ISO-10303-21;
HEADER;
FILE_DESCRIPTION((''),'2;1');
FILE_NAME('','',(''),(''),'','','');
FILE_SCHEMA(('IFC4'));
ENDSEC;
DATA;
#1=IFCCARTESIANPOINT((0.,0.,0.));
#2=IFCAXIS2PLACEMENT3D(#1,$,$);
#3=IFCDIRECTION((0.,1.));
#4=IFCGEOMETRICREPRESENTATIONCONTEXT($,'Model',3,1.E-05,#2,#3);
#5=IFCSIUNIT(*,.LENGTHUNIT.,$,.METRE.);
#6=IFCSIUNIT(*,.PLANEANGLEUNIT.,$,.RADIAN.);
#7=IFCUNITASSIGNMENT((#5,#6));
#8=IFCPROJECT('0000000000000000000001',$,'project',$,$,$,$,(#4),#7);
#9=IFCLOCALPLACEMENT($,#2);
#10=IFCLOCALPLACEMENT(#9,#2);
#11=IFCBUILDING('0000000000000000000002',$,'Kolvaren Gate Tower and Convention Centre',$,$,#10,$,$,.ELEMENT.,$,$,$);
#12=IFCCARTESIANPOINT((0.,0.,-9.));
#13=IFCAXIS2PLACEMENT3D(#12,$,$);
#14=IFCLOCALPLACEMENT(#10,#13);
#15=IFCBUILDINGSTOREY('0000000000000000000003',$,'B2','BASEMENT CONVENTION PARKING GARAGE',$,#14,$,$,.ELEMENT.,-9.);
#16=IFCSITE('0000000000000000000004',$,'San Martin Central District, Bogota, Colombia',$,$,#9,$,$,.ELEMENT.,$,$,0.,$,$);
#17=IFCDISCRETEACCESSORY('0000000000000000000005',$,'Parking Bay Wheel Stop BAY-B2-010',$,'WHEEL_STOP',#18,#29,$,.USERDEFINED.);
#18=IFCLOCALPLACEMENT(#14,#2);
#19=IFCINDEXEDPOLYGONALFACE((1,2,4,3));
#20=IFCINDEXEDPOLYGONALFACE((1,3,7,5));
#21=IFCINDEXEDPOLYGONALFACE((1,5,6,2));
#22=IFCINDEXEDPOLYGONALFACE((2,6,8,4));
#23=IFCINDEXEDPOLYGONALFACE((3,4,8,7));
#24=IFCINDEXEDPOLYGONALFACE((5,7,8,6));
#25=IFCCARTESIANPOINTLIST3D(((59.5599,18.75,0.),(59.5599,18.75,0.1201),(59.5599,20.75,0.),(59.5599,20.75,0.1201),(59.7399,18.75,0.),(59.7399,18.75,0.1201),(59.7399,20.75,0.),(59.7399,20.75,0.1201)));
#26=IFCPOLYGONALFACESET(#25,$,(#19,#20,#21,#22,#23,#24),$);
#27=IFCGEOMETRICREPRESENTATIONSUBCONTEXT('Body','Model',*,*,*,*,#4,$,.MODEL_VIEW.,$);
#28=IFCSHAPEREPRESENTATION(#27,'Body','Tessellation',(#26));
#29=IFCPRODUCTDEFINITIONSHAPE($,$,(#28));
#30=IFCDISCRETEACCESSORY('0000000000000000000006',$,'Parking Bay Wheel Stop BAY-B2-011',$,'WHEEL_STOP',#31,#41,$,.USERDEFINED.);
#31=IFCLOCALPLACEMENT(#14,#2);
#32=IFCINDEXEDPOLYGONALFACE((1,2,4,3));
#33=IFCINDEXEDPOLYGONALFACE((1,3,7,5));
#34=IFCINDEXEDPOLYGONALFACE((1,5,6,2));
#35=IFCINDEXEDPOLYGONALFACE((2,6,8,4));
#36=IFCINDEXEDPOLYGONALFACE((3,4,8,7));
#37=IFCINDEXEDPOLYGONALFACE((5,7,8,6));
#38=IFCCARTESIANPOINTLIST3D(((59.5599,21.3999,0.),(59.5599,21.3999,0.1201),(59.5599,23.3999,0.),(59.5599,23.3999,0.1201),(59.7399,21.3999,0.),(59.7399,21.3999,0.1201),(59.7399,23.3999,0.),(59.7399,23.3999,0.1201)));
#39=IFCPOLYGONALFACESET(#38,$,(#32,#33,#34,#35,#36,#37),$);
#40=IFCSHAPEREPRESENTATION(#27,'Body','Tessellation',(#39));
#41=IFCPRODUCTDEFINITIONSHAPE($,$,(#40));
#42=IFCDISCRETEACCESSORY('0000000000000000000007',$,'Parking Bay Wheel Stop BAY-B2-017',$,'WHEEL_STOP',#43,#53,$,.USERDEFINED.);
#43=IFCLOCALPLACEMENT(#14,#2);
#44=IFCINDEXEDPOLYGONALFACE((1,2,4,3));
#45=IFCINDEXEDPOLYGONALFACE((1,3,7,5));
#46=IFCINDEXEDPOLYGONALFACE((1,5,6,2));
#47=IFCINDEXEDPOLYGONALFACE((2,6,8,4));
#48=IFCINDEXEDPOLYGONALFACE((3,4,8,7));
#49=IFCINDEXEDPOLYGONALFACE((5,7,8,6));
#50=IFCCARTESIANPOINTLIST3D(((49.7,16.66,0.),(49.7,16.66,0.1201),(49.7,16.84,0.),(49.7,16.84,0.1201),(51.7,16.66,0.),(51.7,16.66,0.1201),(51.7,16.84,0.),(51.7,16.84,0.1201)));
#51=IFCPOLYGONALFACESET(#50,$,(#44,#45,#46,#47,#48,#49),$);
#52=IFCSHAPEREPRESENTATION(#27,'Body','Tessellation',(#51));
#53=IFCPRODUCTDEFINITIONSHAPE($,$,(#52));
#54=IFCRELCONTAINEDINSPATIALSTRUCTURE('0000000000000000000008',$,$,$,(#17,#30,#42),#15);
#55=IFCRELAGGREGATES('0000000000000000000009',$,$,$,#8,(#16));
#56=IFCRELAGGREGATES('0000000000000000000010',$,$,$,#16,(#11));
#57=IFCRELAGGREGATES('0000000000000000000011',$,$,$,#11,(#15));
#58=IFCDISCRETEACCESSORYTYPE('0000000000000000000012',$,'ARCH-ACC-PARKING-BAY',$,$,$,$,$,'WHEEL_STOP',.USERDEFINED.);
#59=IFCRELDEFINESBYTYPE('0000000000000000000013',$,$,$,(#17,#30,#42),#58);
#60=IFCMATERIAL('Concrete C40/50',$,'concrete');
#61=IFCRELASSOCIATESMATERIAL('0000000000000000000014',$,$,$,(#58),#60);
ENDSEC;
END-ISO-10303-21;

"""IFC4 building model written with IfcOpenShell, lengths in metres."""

from ifc_helpers import new_model, si_unit, direction, frame, origin, origin_2d, place, context, subcontext, project, spatial, rectangle, extrude, material, type_object, element, save


model = new_model("IFC4")

# Units and contexts
model_context = context("Model", 3, precision=1e-05, world=origin(), true_north=direction((0.0, 1.0)))
body_context = subcontext(model_context, "Body", "Model", "MODEL_VIEW")
ifc_project = project(units=[si_unit("LENGTHUNIT", "METRE"), si_unit("PLANEANGLEUNIT", "RADIAN")], contexts=[model_context])

# Site, building, storey
site_placement = place(None, origin())
site = spatial("IfcSite", under=ifc_project, at=site_placement, Name="San Martin Central District, Bogota, Colombia", CompositionType="ELEMENT", RefElevation=0.0)
building_placement = place(site_placement, origin())
building = spatial("IfcBuilding", under=site, at=building_placement, Name="Kolvaren Gate Tower and Convention Centre", CompositionType="ELEMENT")
storey_placement = place(building_placement, frame((0.0, 0.0, -9.0)))
storey = spatial("IfcBuildingStorey", under=building, at=storey_placement, Name="B2", Description="BASEMENT CONVENTION PARKING GARAGE", CompositionType="ELEMENT", Elevation=-9.0)

# Discrete accessories
ifc_material_1 = material(Name="Concrete C40/50", Category="concrete")
discrete_accessory_type = type_object("IfcDiscreteAccessoryType", Name="ARCH-ACC-PARKING-BAY", ElementType="WHEEL_STOP", PredefinedType="USERDEFINED", material=ifc_material_1)
for number, where, z_axis, x_axis, name in (
    (1, (59.6499, 19.75, 0.0), (0.0, 0.0, 1.0), (0.0, 1.0, 0.0), "Parking Bay Wheel Stop BAY-B2-010"),
    (2, (59.6499, 22.3999, 0.0), (0.0, 0.0, 1.0), (0.0, 1.0, 0.0), "Parking Bay Wheel Stop BAY-B2-011"),
    (3, (50.7, 16.75, 0.0), (0.0, 0.0, 1.0), (1.0, 0.0, 0.0), "Parking Bay Wheel Stop BAY-B2-017"),
):
    element("IfcDiscreteAccessory", number, at=place(storey_placement, frame(where, z_axis=z_axis, x_axis=x_axis)), inside=storey, type_object=discrete_accessory_type, Name=name, ObjectType="WHEEL_STOP", PredefinedType="USERDEFINED", context=body_context, shape_type="SweptSolid", body=[
        extrude(rectangle(XDim=2.0, YDim=0.1799, at=origin_2d()), origin(), (0.0, 0.0, 1.0), 0.1201),
    ])

save(model, "model.ifc")
